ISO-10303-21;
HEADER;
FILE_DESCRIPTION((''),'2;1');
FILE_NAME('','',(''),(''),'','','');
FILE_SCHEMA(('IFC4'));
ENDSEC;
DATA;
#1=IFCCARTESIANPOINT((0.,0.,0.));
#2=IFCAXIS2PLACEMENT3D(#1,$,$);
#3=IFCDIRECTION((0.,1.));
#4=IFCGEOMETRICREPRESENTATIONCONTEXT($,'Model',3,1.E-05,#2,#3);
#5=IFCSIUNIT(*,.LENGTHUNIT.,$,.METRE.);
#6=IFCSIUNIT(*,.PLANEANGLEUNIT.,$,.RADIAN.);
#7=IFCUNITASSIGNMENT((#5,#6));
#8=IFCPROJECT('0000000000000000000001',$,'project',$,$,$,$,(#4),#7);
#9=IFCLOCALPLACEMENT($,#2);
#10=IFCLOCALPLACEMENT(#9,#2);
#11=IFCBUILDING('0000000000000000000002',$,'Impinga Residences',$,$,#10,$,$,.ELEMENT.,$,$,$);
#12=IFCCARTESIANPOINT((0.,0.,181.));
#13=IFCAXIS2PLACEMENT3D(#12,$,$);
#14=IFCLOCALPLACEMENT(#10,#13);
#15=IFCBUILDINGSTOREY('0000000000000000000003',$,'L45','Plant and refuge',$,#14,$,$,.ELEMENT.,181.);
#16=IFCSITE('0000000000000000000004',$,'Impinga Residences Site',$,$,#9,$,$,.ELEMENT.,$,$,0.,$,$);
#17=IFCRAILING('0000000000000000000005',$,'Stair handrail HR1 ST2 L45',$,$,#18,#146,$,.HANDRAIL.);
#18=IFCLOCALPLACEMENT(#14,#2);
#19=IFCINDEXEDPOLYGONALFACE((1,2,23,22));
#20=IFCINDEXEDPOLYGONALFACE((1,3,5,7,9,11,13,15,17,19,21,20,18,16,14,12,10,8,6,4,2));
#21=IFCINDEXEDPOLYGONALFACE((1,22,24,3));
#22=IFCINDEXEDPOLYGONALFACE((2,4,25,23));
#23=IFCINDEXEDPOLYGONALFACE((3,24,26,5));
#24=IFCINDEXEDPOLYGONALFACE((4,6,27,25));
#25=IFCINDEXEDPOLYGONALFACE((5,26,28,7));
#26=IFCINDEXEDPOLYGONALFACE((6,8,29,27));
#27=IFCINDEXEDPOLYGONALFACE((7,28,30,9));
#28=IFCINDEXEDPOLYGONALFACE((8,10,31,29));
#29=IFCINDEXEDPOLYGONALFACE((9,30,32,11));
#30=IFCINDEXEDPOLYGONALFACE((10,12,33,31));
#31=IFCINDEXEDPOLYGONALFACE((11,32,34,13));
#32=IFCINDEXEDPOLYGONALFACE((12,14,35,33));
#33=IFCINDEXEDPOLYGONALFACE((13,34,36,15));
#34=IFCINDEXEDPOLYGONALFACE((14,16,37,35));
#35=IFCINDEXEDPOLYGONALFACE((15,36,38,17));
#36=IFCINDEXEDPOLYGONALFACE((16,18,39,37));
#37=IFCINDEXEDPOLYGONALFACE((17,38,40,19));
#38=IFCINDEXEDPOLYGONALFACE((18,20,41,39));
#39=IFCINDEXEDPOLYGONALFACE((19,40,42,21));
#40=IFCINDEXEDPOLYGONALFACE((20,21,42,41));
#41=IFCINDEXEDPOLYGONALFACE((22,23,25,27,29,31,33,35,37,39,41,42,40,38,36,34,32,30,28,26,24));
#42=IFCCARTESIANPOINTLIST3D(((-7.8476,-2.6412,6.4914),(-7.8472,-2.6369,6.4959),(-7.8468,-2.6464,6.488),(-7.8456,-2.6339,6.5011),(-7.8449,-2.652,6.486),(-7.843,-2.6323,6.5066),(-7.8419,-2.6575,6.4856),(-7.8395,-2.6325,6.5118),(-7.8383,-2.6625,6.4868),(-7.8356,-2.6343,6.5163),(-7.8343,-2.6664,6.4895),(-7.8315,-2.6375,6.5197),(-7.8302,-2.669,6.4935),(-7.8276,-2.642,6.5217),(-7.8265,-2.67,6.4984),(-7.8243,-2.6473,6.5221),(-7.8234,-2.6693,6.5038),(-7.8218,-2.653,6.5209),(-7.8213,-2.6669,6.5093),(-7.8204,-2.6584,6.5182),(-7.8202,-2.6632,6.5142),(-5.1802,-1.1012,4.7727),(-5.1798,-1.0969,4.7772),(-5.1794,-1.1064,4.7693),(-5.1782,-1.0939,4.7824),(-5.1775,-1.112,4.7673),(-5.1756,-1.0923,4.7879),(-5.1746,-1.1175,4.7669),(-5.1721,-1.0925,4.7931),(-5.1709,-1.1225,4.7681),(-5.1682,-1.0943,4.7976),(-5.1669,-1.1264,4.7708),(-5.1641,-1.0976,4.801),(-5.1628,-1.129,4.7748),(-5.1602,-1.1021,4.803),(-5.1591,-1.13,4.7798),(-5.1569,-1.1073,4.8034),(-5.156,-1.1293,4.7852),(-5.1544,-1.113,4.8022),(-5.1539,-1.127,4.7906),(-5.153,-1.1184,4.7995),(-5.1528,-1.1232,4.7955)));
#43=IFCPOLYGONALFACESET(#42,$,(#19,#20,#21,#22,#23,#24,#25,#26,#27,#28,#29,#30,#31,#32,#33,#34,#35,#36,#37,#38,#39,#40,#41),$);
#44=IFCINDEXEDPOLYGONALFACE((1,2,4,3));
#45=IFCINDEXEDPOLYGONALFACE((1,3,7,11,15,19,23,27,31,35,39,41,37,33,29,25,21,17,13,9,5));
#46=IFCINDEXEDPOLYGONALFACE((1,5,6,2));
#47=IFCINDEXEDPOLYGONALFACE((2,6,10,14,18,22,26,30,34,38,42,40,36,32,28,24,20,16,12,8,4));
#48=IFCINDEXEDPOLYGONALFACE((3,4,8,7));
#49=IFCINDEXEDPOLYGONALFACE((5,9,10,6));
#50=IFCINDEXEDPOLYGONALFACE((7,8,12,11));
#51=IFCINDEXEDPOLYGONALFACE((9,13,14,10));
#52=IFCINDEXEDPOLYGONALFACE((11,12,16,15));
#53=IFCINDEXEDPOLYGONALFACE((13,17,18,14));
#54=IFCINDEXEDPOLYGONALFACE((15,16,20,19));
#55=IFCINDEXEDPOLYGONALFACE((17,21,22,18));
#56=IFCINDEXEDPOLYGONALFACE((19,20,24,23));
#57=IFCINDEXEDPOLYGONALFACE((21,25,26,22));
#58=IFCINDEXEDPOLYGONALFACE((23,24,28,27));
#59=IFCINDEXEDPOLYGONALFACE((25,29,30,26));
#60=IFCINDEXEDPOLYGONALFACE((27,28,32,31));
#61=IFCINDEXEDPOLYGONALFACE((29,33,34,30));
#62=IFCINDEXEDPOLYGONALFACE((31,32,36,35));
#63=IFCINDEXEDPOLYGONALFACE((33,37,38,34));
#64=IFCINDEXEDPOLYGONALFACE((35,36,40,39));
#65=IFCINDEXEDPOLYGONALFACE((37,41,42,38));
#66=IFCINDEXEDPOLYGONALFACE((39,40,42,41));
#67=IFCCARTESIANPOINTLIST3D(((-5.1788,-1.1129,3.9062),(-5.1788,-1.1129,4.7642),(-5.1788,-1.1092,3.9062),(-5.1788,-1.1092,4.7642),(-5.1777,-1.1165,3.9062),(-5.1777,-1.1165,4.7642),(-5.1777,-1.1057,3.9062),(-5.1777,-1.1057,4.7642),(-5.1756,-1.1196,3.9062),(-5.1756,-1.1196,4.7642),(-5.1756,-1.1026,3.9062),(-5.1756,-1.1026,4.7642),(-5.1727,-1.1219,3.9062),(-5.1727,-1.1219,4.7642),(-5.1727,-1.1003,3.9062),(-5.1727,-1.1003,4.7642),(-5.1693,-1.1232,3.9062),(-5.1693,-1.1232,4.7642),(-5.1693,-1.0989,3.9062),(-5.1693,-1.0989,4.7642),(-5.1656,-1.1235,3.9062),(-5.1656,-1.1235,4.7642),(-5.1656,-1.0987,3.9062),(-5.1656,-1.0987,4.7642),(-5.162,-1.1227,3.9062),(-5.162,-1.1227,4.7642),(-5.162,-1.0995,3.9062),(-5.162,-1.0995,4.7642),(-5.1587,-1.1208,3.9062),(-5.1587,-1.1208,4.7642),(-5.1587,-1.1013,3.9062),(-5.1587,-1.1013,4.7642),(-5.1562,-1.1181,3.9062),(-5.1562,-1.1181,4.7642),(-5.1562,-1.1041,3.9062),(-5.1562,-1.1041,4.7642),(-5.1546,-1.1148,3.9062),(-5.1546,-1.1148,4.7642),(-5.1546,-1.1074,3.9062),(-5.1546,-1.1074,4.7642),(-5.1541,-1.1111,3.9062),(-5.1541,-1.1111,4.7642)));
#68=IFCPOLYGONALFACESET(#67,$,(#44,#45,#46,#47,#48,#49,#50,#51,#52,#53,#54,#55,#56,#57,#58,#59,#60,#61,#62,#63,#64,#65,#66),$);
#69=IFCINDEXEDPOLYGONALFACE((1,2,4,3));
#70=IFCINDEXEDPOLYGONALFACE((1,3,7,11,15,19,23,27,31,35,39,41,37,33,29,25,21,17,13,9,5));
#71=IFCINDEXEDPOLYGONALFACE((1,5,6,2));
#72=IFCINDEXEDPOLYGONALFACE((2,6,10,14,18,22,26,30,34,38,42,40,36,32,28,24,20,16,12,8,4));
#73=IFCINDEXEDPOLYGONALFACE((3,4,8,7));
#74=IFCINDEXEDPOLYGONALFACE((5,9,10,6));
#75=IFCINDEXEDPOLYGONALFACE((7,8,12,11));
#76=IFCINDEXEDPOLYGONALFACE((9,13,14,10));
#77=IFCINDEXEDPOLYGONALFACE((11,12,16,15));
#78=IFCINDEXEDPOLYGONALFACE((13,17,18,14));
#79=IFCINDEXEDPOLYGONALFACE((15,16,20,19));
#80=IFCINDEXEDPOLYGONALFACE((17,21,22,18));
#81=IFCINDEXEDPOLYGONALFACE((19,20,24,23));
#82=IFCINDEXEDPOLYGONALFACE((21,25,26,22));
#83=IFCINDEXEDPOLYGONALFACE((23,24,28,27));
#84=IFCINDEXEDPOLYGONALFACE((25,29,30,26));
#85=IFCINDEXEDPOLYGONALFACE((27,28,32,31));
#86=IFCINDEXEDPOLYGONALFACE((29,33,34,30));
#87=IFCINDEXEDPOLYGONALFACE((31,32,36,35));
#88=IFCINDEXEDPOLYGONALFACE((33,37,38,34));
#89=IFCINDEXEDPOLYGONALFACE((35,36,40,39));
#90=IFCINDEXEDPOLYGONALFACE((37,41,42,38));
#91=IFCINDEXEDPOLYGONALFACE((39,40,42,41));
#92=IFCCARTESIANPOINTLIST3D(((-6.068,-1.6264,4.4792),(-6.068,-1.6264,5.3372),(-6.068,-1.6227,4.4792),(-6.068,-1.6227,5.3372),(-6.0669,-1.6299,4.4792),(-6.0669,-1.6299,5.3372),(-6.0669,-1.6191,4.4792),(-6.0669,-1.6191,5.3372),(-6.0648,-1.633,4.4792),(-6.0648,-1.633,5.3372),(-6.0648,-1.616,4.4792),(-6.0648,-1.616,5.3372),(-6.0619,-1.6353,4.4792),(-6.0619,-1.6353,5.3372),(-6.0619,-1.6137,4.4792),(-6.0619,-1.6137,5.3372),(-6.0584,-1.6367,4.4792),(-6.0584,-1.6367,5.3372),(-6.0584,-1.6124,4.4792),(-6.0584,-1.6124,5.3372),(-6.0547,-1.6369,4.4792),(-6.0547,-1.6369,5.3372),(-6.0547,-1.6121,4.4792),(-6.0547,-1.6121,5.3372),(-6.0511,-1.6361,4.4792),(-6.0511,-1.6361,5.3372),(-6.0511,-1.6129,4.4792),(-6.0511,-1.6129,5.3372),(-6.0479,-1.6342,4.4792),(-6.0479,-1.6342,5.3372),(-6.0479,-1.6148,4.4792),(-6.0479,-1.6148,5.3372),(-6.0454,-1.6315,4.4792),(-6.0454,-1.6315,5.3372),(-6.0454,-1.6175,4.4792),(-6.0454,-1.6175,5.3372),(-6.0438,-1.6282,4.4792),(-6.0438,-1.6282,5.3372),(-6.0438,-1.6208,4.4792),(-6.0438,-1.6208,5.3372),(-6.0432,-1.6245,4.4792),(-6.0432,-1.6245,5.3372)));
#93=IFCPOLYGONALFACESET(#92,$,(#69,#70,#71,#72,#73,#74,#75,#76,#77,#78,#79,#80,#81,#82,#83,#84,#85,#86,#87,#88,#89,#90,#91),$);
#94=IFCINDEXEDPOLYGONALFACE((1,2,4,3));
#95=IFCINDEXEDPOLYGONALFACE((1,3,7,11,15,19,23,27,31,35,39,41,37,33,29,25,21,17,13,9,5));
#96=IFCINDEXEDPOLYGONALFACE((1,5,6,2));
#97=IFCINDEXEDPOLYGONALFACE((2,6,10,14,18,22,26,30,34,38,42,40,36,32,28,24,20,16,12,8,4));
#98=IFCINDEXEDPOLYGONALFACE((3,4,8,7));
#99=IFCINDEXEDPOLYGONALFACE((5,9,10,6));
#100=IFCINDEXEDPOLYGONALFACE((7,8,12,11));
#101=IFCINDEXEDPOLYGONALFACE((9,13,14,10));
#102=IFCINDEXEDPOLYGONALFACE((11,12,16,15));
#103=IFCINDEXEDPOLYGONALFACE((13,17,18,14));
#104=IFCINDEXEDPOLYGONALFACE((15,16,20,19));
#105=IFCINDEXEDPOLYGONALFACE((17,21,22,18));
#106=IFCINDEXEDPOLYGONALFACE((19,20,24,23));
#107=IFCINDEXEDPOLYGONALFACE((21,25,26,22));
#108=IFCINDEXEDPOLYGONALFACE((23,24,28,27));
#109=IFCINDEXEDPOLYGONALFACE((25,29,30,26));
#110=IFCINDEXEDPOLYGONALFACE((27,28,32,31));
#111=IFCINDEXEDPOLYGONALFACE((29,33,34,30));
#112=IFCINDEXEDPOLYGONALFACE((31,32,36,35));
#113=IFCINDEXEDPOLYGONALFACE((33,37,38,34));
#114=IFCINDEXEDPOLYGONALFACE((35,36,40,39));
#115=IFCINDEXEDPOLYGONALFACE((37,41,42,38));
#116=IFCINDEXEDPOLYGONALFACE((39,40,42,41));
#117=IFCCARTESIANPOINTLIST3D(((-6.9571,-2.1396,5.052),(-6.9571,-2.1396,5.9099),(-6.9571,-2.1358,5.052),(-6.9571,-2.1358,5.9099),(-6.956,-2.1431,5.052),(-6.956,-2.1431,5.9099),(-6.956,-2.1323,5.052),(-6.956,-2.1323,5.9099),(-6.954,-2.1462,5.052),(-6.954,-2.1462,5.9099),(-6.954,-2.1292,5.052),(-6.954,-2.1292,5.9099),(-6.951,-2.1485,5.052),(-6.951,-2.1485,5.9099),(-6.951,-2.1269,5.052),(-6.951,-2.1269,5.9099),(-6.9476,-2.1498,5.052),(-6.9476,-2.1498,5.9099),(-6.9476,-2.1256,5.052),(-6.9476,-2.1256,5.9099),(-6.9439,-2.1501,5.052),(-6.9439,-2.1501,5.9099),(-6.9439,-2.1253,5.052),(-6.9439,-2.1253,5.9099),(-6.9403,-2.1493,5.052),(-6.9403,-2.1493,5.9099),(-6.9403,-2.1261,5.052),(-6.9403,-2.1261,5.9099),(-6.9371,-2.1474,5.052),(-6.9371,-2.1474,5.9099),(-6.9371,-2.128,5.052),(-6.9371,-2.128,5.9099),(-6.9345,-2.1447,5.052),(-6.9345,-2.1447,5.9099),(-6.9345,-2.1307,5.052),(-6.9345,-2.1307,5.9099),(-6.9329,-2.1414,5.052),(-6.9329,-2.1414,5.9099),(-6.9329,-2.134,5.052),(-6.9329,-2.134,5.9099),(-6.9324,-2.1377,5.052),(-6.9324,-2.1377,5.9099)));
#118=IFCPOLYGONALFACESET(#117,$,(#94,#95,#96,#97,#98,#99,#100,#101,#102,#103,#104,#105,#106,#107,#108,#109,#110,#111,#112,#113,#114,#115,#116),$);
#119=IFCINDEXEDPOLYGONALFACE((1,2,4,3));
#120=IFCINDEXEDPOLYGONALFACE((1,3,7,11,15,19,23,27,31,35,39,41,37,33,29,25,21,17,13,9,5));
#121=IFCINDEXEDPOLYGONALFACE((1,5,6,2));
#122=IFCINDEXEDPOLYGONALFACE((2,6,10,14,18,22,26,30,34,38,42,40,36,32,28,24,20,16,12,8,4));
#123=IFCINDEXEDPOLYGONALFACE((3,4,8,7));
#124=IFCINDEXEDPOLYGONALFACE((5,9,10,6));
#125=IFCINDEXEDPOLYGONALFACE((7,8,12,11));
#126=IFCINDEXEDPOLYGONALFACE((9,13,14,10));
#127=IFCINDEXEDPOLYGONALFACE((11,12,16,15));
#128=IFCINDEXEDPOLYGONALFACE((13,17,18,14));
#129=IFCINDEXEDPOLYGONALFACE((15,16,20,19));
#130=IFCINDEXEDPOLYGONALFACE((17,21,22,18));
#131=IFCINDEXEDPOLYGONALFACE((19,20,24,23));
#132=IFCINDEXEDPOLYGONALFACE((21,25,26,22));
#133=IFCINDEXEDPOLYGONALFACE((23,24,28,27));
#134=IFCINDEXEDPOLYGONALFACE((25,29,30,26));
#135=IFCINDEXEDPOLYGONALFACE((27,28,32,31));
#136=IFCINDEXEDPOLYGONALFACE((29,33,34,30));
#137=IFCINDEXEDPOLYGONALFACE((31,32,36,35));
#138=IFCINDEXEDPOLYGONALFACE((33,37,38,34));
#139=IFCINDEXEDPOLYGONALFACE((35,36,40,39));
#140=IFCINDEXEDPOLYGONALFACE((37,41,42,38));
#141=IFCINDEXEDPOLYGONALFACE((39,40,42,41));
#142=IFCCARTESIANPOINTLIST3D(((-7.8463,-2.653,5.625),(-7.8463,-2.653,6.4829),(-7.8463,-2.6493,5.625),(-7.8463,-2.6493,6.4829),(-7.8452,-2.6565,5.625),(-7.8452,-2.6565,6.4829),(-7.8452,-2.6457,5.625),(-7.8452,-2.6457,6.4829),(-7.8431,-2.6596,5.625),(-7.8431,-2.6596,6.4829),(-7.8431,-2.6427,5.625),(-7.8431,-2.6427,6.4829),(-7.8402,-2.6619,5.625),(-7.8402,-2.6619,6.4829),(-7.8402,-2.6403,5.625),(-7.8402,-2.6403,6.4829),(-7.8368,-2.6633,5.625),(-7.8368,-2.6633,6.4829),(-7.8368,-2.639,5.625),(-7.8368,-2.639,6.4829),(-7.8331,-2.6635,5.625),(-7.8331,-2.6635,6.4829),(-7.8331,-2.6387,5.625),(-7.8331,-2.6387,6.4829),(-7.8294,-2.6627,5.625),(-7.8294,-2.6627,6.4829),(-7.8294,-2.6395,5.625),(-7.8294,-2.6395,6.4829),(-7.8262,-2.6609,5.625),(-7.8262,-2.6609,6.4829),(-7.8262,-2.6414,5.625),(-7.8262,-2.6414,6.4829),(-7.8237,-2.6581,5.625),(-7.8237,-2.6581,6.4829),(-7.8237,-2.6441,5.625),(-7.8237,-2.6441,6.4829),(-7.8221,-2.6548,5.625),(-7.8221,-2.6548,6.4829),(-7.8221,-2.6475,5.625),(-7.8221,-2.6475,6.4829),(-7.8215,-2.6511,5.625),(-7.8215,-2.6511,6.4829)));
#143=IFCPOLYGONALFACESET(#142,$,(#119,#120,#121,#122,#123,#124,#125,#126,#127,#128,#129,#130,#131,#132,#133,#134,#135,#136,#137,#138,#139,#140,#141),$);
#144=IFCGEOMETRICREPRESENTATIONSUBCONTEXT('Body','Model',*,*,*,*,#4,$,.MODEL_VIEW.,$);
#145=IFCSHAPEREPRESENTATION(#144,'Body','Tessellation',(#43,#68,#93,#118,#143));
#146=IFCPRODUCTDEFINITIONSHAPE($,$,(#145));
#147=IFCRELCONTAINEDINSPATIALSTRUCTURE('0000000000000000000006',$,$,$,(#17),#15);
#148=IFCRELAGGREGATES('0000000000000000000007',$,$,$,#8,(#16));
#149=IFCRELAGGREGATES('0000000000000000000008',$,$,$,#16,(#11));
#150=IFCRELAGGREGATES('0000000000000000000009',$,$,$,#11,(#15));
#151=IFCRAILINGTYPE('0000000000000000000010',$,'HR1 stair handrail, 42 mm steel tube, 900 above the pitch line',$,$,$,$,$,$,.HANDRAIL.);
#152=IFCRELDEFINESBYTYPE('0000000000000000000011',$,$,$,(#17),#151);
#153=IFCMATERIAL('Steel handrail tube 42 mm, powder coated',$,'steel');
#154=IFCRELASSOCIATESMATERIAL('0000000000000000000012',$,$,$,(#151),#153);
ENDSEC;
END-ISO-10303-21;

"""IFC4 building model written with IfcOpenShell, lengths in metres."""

from ifc_helpers import new_model, si_unit, direction, frame, origin, origin_2d, place, context, subcontext, project, spatial, circle, extrude, material, type_object, element, save


model = new_model("IFC4")

# Units and contexts
model_context = context("Model", 3, precision=1e-05, world=origin(), true_north=direction((0.0, 1.0)))
body_context = subcontext(model_context, "Body", "Model", "MODEL_VIEW")
ifc_project = project(units=[si_unit("LENGTHUNIT", "METRE"), si_unit("PLANEANGLEUNIT", "RADIAN")], contexts=[model_context])

# Site, building, storey
site_placement = place(None, origin())
site = spatial("IfcSite", under=ifc_project, at=site_placement, Name="Impinga Residences Site", CompositionType="ELEMENT", RefElevation=0.0)
building_placement = place(site_placement, origin())
building = spatial("IfcBuilding", under=site, at=building_placement, Name="Impinga Residences", CompositionType="ELEMENT")
storey_placement = place(building_placement, frame((0.0, 0.0, 181.0)))
storey = spatial("IfcBuildingStorey", under=building, at=storey_placement, Name="L45", Description="Plant and refuge", CompositionType="ELEMENT", Elevation=181.0)

# Railing
ifc_material_1 = material(Name="Steel handrail tube 42 mm, powder coated", Category="steel")
railing_type_1 = type_object("IfcRailingType", Name="HR1 stair handrail, 42 mm steel tube, 900 above the pitch line", PredefinedType="HANDRAIL", material=ifc_material_1)
for number, where, name in (
    (1, (-5.1665, -1.1111, 3.9062), "Stair handrail HR1 ST2 L45"),
):
    element("IfcRailing", number, at=place(storey_placement, frame(where)), inside=storey, type_object=railing_type_1, Name=name, PredefinedType="HANDRAIL", context=body_context, shape_type="SweptSolid", body=[
        extrude(circle(Radius=0.021, at=origin_2d()), frame((0.0, 0.0, 0.8789), z_axis=(-0.756256, -0.436616, 0.487282), x_axis=(0.499992, -0.86603, 0.0)), (0.0, 0.0, 1.0), 3.5271),
        extrude(circle(Radius=0.0125, at=origin_2d()), origin(), (0.0, 0.0, 1.0), 0.8579),
        extrude(circle(Radius=0.0125, at=origin_2d()), frame((-0.8892, -0.5134, 0.573)), (0.0, 0.0, 1.0), 0.8579),
        extrude(circle(Radius=0.0125, at=origin_2d()), frame((-1.7783, -1.0266, 1.1458)), (0.0, 0.0, 1.0), 0.8579),
        extrude(circle(Radius=0.0125, at=origin_2d()), frame((-2.6675, -1.54, 1.7188)), (0.0, 0.0, 1.0), 0.8579),
    ])

save(model, "model.ifc")
